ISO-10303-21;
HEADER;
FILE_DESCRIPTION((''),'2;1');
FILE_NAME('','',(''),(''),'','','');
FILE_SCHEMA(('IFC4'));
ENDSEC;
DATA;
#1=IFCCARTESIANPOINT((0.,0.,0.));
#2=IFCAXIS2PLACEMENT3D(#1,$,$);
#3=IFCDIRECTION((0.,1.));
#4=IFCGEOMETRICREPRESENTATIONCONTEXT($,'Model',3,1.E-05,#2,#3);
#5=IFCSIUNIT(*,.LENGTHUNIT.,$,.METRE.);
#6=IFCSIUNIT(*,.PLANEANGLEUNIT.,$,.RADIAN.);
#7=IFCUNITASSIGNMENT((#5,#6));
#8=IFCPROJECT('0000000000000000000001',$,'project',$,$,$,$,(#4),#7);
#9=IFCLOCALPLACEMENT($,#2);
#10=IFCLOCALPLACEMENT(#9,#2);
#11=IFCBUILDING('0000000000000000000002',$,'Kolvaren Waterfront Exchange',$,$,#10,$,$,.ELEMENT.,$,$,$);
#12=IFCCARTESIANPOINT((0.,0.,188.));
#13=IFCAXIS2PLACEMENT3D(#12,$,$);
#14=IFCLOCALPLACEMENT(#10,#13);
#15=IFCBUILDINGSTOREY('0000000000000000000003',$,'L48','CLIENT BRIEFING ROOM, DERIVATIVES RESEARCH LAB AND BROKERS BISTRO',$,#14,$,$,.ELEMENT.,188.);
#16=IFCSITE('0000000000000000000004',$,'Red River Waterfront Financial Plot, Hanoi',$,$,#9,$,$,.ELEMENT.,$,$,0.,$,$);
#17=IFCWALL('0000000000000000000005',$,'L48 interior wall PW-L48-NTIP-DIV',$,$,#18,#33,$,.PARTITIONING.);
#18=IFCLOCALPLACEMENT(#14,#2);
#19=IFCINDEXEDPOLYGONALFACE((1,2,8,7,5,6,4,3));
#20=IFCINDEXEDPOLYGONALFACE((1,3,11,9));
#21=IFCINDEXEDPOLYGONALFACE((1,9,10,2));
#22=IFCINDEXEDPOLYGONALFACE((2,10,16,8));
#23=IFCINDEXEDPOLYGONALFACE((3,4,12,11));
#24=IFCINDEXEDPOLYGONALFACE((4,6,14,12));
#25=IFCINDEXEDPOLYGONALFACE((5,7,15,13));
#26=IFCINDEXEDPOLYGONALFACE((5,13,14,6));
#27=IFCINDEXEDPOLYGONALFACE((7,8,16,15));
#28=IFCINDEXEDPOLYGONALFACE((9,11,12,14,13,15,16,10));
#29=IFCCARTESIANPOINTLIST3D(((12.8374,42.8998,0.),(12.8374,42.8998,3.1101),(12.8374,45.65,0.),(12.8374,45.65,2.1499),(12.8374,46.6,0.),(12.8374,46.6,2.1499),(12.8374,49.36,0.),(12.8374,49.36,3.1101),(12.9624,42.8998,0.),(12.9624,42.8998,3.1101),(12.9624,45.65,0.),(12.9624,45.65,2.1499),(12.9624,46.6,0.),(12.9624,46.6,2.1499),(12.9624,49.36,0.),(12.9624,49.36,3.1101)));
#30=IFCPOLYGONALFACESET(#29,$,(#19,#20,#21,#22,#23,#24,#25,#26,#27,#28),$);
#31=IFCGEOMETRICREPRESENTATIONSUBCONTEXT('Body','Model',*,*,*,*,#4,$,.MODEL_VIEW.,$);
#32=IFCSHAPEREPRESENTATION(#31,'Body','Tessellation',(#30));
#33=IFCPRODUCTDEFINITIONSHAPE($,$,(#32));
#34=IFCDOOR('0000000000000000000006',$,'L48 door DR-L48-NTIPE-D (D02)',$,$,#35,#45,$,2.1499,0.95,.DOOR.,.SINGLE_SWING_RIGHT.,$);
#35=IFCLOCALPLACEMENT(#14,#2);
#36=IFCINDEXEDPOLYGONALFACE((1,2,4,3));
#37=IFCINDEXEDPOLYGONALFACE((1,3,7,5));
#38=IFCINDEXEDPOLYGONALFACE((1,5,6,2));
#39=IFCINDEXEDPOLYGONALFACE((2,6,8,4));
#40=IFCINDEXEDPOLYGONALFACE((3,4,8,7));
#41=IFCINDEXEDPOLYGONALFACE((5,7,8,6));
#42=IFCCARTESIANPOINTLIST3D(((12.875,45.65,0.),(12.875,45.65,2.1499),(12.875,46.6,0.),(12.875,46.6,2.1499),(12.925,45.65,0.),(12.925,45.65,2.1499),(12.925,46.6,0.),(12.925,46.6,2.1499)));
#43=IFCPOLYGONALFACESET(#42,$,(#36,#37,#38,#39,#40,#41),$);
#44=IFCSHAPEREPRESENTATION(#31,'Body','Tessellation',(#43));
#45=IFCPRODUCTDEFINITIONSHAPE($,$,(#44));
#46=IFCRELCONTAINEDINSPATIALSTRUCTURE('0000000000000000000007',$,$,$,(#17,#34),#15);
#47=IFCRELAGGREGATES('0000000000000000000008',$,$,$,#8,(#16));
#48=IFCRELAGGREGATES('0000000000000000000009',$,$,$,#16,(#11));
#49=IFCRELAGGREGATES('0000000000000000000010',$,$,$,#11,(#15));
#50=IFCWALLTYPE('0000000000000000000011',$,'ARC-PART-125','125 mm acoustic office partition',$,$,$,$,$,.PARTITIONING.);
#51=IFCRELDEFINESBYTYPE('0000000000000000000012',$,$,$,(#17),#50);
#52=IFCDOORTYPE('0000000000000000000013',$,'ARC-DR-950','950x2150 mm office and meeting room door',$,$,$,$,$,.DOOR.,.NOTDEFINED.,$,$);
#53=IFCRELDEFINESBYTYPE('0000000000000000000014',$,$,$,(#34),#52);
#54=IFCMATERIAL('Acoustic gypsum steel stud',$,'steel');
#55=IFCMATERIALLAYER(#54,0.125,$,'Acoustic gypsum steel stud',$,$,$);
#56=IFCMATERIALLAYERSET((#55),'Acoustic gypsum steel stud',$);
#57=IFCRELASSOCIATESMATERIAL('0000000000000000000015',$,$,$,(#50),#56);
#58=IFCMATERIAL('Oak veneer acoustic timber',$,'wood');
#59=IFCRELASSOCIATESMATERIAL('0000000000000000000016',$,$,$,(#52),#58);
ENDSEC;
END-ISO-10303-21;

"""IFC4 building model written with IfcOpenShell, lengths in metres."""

from ifc_helpers import new_model, si_unit, direction, frame, frame_2d, origin, place, context, subcontext, project, spatial, rectangle, extrude, material, layer, layer_set, type_object, element, fill, save


model = new_model("IFC4")

# Units and contexts
model_context = context("Model", 3, precision=1e-05, world=origin(), true_north=direction((0.0, 1.0)))
body_context = subcontext(model_context, "Body", "Model", "MODEL_VIEW")
ifc_project = project(units=[si_unit("LENGTHUNIT", "METRE"), si_unit("PLANEANGLEUNIT", "RADIAN")], contexts=[model_context])

# Site, building, storey
site_placement = place(None, origin())
site = spatial("IfcSite", under=ifc_project, at=site_placement, Name="Red River Waterfront Financial Plot, Hanoi", CompositionType="ELEMENT", RefElevation=0.0)
building_placement = place(site_placement, origin())
building = spatial("IfcBuilding", under=site, at=building_placement, Name="Kolvaren Waterfront Exchange", CompositionType="ELEMENT")
storey_placement = place(building_placement, frame((0.0, 0.0, 188.0)))
storey = spatial("IfcBuildingStorey", under=building, at=storey_placement, Name="L48", Description="CLIENT BRIEFING ROOM, DERIVATIVES RESEARCH LAB AND BROKERS BISTRO", CompositionType="ELEMENT", Elevation=188.0)

# Wall, opening, door
ifc_material_1 = material(Name="Acoustic gypsum steel stud", Category="steel")
ifc_layer_1 = layer(ifc_material_1, 0.125, Name="Acoustic gypsum steel stud")
ifc_layer_set_1 = layer_set([ifc_layer_1], Name="Acoustic gypsum steel stud")
wall_type_1 = type_object("IfcWallType", Name="ARC-PART-125", Description="125 mm acoustic office partition", PredefinedType="PARTITIONING", material=ifc_layer_set_1)
wall_1_placement = place(storey_placement, frame((12.8999, 42.8999, 0.0), z_axis=(0.0, 0.0, 1.0), x_axis=(0.0, 1.0, 0.0)))
wall_1 = element("IfcWall", 1, at=wall_1_placement, inside=storey, type_object=wall_type_1, Name="L48 interior wall PW-L48-NTIP-DIV", PredefinedType="PARTITIONING", context=body_context, shape_type="SweptSolid", body=[
    extrude(rectangle(XDim=6.4602, YDim=0.125, at=frame_2d((3.23, 0.0))), origin(), (0.0, 0.0, 1.0), 3.1101),
])
opening_1_placement = place(wall_1_placement, frame((2.75, 0.0, 0.0)))
opening_1 = element("IfcOpeningElement", 2, at=opening_1_placement, cuts=wall_1, PredefinedType="OPENING", context=body_context, shape_type="SweptSolid", body=[
    extrude(rectangle(XDim=0.95, YDim=2.1499, at=frame_2d((0.4751, 1.075))), frame((0.0, 0.0725, 0.0), z_axis=(0.0, -1.0, 0.0), x_axis=(1.0, 0.0, 0.0)), (0.0, 0.0, 1.0), 0.145),
])
ifc_material_2 = material(Name="Oak veneer acoustic timber", Category="wood")
door_type_1 = type_object("IfcDoorType", Name="ARC-DR-950", Description="950x2150 mm office and meeting room door", OperationType="NOTDEFINED", PredefinedType="DOOR", material=ifc_material_2)
door_1_placement = place(opening_1_placement, origin())
door_1 = element("IfcDoor", 3, at=door_1_placement, inside=storey, type_object=door_type_1, Name="L48 door DR-L48-NTIPE-D (D02)", OperationType="SINGLE_SWING_RIGHT", OverallHeight=2.1499, OverallWidth=0.95, PredefinedType="DOOR", context=body_context, shape_type="SweptSolid", body=[
    extrude(rectangle(XDim=0.95, YDim=2.1499, at=frame_2d((0.4751, 1.075))), frame((0.0, 0.0249, 0.0), z_axis=(0.0, -1.0, 0.0), x_axis=(1.0, 0.0, 0.0)), (0.0, 0.0, 1.0), 0.05),
])
fill(opening_1, door_1)

save(model, "model.ifc")
